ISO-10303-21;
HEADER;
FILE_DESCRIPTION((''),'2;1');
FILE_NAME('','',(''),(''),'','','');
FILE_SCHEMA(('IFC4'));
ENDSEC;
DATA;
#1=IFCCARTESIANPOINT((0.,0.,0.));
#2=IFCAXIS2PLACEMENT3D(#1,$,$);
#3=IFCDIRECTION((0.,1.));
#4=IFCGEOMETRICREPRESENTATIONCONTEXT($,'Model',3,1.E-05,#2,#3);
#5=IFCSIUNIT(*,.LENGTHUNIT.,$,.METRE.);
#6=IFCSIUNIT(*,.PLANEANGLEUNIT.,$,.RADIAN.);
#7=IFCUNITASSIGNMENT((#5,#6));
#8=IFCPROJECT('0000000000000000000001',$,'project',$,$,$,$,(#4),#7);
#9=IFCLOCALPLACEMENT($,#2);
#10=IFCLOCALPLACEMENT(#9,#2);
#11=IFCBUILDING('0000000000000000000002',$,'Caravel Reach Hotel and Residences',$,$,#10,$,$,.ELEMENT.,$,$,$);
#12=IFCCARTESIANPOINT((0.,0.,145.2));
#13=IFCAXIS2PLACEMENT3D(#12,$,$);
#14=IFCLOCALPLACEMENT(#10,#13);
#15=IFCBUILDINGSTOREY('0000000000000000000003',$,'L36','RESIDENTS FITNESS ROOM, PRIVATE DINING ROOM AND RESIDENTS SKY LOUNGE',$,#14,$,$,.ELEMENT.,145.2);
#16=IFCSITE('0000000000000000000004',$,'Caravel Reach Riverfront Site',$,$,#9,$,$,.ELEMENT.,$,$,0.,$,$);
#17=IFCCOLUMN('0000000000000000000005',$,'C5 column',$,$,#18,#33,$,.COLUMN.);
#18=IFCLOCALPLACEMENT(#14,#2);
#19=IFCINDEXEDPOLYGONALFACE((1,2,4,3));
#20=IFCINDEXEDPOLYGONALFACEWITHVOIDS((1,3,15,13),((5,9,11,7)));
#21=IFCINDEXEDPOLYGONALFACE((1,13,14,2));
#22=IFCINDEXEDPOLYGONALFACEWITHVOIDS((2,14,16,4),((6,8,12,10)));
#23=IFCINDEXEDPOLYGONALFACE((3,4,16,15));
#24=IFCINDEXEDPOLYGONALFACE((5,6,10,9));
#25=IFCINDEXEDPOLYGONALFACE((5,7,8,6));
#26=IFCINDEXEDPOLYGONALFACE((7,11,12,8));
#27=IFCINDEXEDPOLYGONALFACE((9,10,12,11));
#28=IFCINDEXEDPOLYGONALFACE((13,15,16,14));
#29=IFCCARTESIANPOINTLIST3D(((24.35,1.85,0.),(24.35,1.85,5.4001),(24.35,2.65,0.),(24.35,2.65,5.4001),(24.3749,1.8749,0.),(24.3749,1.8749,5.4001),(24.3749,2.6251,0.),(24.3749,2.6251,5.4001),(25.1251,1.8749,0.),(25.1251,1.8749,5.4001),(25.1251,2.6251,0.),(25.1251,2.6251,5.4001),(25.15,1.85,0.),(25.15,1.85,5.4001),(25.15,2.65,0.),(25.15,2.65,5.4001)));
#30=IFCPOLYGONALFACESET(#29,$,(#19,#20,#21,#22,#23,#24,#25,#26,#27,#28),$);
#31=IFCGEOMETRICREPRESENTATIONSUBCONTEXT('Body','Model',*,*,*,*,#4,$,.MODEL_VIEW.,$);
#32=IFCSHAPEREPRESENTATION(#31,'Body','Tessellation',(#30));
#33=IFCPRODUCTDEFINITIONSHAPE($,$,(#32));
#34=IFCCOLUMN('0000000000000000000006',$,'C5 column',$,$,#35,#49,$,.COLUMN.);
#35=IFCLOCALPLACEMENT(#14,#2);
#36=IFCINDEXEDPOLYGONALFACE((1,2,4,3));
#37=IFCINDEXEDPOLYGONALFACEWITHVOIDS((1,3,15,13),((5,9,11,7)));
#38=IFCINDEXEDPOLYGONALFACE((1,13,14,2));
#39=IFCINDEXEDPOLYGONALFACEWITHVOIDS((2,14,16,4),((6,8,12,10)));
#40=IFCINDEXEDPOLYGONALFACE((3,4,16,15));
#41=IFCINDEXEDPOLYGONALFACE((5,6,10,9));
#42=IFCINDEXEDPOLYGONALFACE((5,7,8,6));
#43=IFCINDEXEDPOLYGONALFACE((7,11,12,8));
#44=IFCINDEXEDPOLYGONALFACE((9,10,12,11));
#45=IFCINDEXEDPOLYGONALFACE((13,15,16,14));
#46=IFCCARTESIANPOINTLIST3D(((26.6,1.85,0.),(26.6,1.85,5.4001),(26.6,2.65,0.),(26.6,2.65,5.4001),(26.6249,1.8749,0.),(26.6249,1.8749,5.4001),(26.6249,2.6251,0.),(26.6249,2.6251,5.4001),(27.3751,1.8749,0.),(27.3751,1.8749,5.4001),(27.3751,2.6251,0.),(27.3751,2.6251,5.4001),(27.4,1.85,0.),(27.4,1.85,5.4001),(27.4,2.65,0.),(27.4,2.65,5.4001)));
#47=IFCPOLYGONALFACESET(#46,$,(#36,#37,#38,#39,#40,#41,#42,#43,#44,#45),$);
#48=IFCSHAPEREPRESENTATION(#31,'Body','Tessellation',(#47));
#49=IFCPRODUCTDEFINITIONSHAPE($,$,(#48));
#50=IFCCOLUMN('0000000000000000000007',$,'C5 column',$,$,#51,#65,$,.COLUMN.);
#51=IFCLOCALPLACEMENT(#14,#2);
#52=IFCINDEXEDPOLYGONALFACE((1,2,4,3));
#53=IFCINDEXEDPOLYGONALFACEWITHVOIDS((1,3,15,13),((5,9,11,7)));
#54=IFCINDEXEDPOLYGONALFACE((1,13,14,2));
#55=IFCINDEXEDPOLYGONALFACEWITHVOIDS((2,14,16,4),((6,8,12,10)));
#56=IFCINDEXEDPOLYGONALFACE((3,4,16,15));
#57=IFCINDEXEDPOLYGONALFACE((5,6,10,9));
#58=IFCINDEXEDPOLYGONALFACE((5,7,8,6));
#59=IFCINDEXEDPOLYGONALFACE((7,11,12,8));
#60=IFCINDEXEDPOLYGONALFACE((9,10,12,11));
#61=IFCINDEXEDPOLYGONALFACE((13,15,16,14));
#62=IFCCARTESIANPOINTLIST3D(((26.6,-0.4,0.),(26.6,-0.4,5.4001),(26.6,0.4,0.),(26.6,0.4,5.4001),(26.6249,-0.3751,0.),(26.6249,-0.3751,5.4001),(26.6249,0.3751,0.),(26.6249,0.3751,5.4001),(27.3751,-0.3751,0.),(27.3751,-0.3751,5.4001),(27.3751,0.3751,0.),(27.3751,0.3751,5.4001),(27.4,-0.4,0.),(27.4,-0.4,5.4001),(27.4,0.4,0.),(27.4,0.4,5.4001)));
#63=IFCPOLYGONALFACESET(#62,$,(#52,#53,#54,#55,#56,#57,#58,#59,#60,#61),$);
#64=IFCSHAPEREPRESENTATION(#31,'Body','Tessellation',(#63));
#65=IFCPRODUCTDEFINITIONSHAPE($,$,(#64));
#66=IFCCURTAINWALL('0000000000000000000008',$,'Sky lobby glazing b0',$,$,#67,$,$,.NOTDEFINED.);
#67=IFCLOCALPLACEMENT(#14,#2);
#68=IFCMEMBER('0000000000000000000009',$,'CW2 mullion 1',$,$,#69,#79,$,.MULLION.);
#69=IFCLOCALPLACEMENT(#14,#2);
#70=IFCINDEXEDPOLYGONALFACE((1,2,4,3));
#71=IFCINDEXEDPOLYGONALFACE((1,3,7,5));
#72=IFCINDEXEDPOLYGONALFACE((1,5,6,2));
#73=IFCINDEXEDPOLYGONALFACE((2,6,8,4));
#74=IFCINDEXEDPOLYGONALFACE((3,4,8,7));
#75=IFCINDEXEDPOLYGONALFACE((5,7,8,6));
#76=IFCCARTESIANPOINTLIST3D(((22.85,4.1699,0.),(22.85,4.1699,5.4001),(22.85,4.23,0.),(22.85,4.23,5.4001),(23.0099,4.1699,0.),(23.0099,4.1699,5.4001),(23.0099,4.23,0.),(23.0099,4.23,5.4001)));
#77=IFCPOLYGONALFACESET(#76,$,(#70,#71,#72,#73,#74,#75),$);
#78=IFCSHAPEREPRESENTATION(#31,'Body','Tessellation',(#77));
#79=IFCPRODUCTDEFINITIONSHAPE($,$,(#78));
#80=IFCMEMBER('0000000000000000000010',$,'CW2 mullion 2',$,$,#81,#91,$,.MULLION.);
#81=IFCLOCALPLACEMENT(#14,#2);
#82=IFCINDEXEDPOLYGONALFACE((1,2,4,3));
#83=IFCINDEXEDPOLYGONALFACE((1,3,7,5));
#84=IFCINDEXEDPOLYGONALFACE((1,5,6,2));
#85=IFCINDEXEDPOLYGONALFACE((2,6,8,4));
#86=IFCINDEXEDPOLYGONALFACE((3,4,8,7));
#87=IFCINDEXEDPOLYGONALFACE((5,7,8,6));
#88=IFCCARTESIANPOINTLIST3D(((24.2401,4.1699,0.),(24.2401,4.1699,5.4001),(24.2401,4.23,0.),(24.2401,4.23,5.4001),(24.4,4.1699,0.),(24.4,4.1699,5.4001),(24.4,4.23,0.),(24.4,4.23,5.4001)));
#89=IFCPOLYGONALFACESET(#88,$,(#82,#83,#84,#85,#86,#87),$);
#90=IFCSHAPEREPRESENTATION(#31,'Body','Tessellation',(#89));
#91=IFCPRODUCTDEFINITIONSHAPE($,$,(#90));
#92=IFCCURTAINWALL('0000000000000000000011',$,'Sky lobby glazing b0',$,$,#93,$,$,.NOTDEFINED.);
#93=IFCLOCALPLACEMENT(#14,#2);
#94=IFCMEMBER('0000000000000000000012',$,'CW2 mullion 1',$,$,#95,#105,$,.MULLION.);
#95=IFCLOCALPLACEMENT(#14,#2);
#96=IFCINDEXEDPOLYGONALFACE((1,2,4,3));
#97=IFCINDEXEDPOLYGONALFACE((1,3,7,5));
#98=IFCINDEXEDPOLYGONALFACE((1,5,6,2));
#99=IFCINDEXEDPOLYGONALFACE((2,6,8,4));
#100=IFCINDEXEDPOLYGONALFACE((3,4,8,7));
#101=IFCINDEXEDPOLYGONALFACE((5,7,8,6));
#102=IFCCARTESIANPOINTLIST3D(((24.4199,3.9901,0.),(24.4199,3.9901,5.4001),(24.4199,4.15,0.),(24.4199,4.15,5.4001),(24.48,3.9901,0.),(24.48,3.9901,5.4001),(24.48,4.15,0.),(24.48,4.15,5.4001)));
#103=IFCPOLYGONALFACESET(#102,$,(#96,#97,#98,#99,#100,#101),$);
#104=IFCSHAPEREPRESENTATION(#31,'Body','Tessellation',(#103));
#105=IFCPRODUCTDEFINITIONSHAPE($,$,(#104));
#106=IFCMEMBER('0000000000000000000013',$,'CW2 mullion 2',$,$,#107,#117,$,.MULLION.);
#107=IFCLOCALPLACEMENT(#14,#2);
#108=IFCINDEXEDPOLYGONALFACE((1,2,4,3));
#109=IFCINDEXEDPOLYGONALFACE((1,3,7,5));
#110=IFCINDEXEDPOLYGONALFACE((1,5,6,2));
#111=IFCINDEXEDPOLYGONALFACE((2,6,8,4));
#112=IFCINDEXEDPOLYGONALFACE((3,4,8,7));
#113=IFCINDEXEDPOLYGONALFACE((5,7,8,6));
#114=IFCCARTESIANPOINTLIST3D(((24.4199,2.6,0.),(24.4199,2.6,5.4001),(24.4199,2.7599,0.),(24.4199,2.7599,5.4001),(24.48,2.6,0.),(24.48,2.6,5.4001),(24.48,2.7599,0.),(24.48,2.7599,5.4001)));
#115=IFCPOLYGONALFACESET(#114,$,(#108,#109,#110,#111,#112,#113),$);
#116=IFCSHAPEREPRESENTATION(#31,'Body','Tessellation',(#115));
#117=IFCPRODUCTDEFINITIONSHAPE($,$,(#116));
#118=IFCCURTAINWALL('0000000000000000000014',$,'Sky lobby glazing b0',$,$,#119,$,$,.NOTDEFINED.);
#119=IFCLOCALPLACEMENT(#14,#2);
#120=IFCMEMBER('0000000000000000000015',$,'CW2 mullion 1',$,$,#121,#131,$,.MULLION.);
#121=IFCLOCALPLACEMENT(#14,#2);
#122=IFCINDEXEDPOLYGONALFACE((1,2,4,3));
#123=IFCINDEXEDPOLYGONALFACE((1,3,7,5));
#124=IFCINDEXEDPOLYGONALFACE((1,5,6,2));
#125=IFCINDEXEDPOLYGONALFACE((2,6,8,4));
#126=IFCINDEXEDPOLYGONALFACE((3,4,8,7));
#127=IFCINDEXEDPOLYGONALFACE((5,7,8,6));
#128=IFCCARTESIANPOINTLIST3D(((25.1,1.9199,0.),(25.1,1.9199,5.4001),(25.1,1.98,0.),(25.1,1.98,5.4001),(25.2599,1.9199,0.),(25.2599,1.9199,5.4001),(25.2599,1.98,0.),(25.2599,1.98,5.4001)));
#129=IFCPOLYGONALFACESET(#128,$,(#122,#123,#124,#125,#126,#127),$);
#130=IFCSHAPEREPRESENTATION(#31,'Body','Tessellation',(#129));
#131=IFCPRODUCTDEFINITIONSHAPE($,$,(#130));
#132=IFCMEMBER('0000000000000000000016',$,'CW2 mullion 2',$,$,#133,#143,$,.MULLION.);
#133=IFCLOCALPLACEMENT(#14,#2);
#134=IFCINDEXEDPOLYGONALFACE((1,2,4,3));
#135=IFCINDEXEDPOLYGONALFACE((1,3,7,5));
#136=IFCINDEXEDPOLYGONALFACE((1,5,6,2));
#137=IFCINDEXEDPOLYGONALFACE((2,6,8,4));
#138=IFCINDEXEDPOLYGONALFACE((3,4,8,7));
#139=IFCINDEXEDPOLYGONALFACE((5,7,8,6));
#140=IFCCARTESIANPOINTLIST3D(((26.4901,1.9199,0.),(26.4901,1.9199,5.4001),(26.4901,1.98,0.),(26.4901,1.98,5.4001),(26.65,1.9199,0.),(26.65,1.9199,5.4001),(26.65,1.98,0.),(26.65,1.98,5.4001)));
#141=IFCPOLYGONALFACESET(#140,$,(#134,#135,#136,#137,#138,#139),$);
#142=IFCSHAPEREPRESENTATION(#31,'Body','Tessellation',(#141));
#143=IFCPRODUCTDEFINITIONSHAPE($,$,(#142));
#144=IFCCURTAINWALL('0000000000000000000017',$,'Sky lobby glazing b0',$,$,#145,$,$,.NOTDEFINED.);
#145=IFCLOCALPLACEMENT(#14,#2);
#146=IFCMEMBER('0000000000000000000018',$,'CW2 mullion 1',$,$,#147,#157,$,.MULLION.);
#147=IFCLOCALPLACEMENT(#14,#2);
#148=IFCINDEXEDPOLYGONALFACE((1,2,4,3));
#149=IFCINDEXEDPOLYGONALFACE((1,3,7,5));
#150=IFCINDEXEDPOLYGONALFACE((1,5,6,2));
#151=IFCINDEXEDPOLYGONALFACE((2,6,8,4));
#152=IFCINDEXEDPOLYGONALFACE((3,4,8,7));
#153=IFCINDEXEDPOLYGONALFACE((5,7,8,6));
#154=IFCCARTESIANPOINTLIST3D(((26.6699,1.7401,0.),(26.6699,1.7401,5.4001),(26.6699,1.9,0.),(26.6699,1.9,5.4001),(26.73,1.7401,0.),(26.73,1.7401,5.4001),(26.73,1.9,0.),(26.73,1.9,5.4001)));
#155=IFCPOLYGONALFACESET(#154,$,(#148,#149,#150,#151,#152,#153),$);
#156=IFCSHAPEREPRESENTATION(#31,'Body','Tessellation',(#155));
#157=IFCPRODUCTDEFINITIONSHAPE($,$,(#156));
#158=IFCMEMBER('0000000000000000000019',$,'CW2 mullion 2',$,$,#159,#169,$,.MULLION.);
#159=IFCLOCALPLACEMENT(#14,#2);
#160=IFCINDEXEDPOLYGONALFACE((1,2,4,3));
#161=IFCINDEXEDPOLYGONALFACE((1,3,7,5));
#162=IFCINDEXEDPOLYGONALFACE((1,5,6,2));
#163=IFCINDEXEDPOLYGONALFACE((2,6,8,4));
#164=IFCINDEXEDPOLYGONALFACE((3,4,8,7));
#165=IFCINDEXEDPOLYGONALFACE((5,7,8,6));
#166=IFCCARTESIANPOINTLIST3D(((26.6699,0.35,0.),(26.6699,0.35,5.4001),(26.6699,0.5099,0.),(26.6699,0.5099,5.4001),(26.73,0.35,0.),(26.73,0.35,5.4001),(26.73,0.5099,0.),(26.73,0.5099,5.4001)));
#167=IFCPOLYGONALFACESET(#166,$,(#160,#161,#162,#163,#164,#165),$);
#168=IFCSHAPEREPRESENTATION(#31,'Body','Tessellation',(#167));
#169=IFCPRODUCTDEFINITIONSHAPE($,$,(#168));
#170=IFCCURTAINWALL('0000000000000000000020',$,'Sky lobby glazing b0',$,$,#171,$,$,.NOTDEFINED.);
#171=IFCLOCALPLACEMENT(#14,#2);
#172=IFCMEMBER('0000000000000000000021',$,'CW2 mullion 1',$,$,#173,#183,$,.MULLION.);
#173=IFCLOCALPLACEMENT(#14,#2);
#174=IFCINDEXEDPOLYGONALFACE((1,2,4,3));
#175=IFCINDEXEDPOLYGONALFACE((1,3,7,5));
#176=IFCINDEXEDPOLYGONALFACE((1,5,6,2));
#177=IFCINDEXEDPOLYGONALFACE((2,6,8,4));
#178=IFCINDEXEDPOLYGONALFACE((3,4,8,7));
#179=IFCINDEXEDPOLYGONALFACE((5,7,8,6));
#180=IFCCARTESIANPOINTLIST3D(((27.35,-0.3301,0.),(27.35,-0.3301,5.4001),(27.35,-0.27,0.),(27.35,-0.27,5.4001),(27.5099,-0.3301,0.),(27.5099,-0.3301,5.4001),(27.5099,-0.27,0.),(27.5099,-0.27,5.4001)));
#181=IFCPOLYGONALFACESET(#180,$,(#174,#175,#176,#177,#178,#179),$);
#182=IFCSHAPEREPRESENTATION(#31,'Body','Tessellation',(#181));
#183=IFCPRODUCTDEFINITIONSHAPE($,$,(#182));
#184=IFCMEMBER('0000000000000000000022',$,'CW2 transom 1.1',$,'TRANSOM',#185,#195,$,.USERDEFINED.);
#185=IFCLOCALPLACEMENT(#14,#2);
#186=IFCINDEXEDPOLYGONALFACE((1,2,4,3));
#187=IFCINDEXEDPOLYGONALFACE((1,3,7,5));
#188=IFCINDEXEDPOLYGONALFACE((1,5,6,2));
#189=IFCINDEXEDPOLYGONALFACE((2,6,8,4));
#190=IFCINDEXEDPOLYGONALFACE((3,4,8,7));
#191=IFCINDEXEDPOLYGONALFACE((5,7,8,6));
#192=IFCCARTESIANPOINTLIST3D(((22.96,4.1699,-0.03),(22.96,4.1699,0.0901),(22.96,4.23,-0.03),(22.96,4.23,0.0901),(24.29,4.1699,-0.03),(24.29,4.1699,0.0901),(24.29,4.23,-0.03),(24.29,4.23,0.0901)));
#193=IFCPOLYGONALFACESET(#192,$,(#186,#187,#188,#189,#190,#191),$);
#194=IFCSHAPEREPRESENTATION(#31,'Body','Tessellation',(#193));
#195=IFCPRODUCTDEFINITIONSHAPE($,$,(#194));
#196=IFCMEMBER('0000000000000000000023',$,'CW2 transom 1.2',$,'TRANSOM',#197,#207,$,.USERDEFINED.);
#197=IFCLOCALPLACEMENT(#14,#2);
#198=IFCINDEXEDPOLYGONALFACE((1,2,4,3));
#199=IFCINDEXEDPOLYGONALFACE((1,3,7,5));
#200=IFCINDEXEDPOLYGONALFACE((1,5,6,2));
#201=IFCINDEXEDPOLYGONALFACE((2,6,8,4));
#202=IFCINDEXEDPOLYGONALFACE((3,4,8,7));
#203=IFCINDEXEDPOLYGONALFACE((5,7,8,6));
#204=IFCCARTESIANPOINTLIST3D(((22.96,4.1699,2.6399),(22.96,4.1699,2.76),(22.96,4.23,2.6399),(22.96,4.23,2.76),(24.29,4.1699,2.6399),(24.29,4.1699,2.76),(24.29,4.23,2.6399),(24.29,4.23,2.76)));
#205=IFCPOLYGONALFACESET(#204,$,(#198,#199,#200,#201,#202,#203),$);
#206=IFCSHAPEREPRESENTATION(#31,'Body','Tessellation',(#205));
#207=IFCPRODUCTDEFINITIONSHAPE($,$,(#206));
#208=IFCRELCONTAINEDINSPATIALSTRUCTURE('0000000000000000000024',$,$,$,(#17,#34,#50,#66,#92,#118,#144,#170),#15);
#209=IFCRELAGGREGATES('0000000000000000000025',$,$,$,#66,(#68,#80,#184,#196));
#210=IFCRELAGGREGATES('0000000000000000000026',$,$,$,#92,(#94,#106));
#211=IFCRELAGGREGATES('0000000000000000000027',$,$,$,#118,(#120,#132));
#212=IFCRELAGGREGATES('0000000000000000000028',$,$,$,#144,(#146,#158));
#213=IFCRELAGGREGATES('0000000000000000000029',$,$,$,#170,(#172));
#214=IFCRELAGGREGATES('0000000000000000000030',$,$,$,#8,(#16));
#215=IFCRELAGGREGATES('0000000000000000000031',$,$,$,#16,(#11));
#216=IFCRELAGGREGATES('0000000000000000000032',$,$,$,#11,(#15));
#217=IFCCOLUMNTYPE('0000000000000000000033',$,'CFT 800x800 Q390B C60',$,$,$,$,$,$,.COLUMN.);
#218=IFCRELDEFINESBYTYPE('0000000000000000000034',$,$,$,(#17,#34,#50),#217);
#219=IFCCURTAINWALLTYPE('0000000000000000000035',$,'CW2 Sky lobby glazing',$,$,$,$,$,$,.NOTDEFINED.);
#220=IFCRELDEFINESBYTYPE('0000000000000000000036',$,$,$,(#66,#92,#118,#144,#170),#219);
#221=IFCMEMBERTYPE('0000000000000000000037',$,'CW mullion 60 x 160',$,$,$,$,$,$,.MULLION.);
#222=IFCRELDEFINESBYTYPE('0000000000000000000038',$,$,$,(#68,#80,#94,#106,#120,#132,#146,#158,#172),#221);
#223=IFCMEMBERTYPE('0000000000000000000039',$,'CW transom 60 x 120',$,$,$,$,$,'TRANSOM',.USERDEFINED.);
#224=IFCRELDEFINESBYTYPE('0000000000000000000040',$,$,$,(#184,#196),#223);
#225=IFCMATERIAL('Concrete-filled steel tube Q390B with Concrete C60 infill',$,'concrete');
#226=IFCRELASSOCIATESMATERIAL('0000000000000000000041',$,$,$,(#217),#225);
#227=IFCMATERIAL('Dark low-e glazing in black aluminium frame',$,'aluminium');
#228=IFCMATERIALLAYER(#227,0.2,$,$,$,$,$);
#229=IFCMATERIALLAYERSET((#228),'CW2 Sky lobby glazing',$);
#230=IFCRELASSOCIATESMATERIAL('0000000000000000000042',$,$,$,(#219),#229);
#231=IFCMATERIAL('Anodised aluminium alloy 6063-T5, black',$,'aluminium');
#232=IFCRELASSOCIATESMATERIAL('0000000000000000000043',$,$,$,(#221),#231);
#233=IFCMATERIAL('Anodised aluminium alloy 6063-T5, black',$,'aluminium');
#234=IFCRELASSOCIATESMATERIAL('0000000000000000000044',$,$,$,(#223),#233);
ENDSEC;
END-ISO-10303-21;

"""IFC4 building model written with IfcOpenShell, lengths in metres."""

from ifc_helpers import new_model, si_unit, direction, frame, origin, origin_2d, place, context, subcontext, project, spatial, rectangle, hollow_rectangle, extrude, material, layer, layer_set, material_profile, profile_set, type_object, element, aggregate, save


model = new_model("IFC4")

# Units and contexts
model_context = context("Model", 3, precision=1e-05, world=origin(), true_north=direction((0.0, 1.0)))
body_context = subcontext(model_context, "Body", "Model", "MODEL_VIEW")
ifc_project = project(units=[si_unit("LENGTHUNIT", "METRE"), si_unit("PLANEANGLEUNIT", "RADIAN")], contexts=[model_context])

# Site, building, storey
site_placement = place(None, origin())
site = spatial("IfcSite", under=ifc_project, at=site_placement, Name="Caravel Reach Riverfront Site", CompositionType="ELEMENT", RefElevation=0.0)
building_placement = place(site_placement, origin())
building = spatial("IfcBuilding", under=site, at=building_placement, Name="Caravel Reach Hotel and Residences", CompositionType="ELEMENT")
storey_placement = place(building_placement, frame((0.0, 0.0, 145.2)))
storey = spatial("IfcBuildingStorey", under=building, at=storey_placement, Name="L36", Description="RESIDENTS FITNESS ROOM, PRIVATE DINING ROOM AND RESIDENTS SKY LOUNGE", CompositionType="ELEMENT", Elevation=145.2)

# Columns
ifc_material_1 = material(Name="Concrete-filled steel tube Q390B with Concrete C60 infill", Category="concrete")
ifc_material_profile_1 = material_profile(ifc_material_1, hollow_rectangle(XDim=0.8, YDim=0.8, WallThickness=0.0249, at=origin_2d()), Name="RHS 800x800x25")
ifc_profile_set_1 = profile_set([ifc_material_profile_1], Name="Concrete-filled steel tube Q390B with Concrete C60 infill")
column_type = type_object("IfcColumnType", Name="CFT 800x800 Q390B C60", PredefinedType="COLUMN", material=ifc_profile_set_1)
for number, where, z_axis, x_axis, name in (
    (1, (24.75, 2.25, 0.0), (0.0, 0.0, 1.0), (1.0, 0.0, 0.0), "C5 column"),
    (2, (27.0, 2.25, 0.0), (0.0, 0.0, 1.0), (1.0, 0.0, 0.0), "C5 column"),
    (3, (27.0, 0.0, 0.0), (0.0, 0.0, 1.0), (1.0, 0.0, 0.0), "C5 column"),
):
    element("IfcColumn", number, at=place(storey_placement, frame(where, z_axis=z_axis, x_axis=x_axis)), inside=storey, type_object=column_type, Name=name, PredefinedType="COLUMN", context=body_context, shape_type="SweptSolid", body=[
        extrude(hollow_rectangle(XDim=0.8, YDim=0.8, WallThickness=0.0249, at=origin_2d()), origin(), (0.0, 0.0, 1.0), 5.4001),
    ])

# Curtain walls, members
ifc_material_2 = material(Name="Dark low-e glazing in black aluminium frame", Category="aluminium")
ifc_layer_1 = layer(ifc_material_2, 0.2)
ifc_layer_set_1 = layer_set([ifc_layer_1], Name="CW2 Sky lobby glazing")
curtain_wall_type = type_object("IfcCurtainWallType", Name="CW2 Sky lobby glazing", PredefinedType="NOTDEFINED", material=ifc_layer_set_1)
curtain_wall_1_placement = place(storey_placement, origin())
curtain_wall_1 = element("IfcCurtainWall", 4, at=curtain_wall_1_placement, inside=storey, type_object=curtain_wall_type, Name="Sky lobby glazing b0", PredefinedType="NOTDEFINED")
ifc_material_3 = material(Name="Anodised aluminium alloy 6063-T5, black", Category="aluminium")
ifc_material_profile_2 = material_profile(ifc_material_3, rectangle(XDim=0.0601, YDim=0.1599, at=origin_2d()), Name="CW mullion 60 x 160")
ifc_profile_set_2 = profile_set([ifc_material_profile_2], Name="Anodised aluminium alloy 6063-T5, black")
member_type_1 = type_object("IfcMemberType", Name="CW mullion 60 x 160", PredefinedType="MULLION", material=ifc_profile_set_2)
member_1_placement = place(storey_placement, frame((22.9299, 4.2, 0.0), z_axis=(0.0, 0.0, 1.0), x_axis=(0.0, 1.0, 0.0)))
member_1 = element("IfcMember", 5, at=member_1_placement, type_object=member_type_1, Name="CW2 mullion 1", PredefinedType="MULLION", context=body_context, shape_type="SweptSolid", body=[
    extrude(rectangle(XDim=0.0601, YDim=0.1599, at=origin_2d()), origin(), (0.0, 0.0, 1.0), 5.4001),
])
member_2_placement = place(storey_placement, frame((24.3201, 4.2, 0.0), z_axis=(0.0, 0.0, 1.0), x_axis=(0.0, 1.0, 0.0)))
member_2 = element("IfcMember", 6, at=member_2_placement, type_object=member_type_1, Name="CW2 mullion 2", PredefinedType="MULLION", context=body_context, shape_type="SweptSolid", body=[
    extrude(rectangle(XDim=0.0601, YDim=0.1599, at=origin_2d()), origin(), (0.0, 0.0, 1.0), 5.4001),
])
curtain_wall_2_placement = place(storey_placement, origin())
curtain_wall_2 = element("IfcCurtainWall", 7, at=curtain_wall_2_placement, inside=storey, type_object=curtain_wall_type, Name="Sky lobby glazing b0", PredefinedType="NOTDEFINED")
member_3_placement = place(storey_placement, frame((24.45, 4.0701, 0.0), z_axis=(0.0, 0.0, 1.0), x_axis=(1.0, 0.0, 0.0)))
member_3 = element("IfcMember", 8, at=member_3_placement, type_object=member_type_1, Name="CW2 mullion 1", PredefinedType="MULLION", context=body_context, shape_type="SweptSolid", body=[
    extrude(rectangle(XDim=0.0601, YDim=0.1599, at=origin_2d()), origin(), (0.0, 0.0, 1.0), 5.4001),
])
member_4_placement = place(storey_placement, frame((24.45, 2.6799, 0.0), z_axis=(0.0, 0.0, 1.0), x_axis=(1.0, 0.0, 0.0)))
member_4 = element("IfcMember", 9, at=member_4_placement, type_object=member_type_1, Name="CW2 mullion 2", PredefinedType="MULLION", context=body_context, shape_type="SweptSolid", body=[
    extrude(rectangle(XDim=0.0601, YDim=0.1599, at=origin_2d()), origin(), (0.0, 0.0, 1.0), 5.4001),
])
curtain_wall_3_placement = place(storey_placement, origin())
curtain_wall_3 = element("IfcCurtainWall", 10, at=curtain_wall_3_placement, inside=storey, type_object=curtain_wall_type, Name="Sky lobby glazing b0", PredefinedType="NOTDEFINED")
member_5_placement = place(storey_placement, frame((25.1799, 1.95, 0.0), z_axis=(0.0, 0.0, 1.0), x_axis=(0.0, 1.0, 0.0)))
member_5 = element("IfcMember", 11, at=member_5_placement, type_object=member_type_1, Name="CW2 mullion 1", PredefinedType="MULLION", context=body_context, shape_type="SweptSolid", body=[
    extrude(rectangle(XDim=0.0601, YDim=0.1599, at=origin_2d()), origin(), (0.0, 0.0, 1.0), 5.4001),
])
member_6_placement = place(storey_placement, frame((26.5701, 1.95, 0.0), z_axis=(0.0, 0.0, 1.0), x_axis=(0.0, 1.0, 0.0)))
member_6 = element("IfcMember", 12, at=member_6_placement, type_object=member_type_1, Name="CW2 mullion 2", PredefinedType="MULLION", context=body_context, shape_type="SweptSolid", body=[
    extrude(rectangle(XDim=0.0601, YDim=0.1599, at=origin_2d()), origin(), (0.0, 0.0, 1.0), 5.4001),
])
curtain_wall_4_placement = place(storey_placement, origin())
curtain_wall_4 = element("IfcCurtainWall", 13, at=curtain_wall_4_placement, inside=storey, type_object=curtain_wall_type, Name="Sky lobby glazing b0", PredefinedType="NOTDEFINED")
member_7_placement = place(storey_placement, frame((26.7, 1.8201, 0.0), z_axis=(0.0, 0.0, 1.0), x_axis=(1.0, 0.0, 0.0)))
member_7 = element("IfcMember", 14, at=member_7_placement, type_object=member_type_1, Name="CW2 mullion 1", PredefinedType="MULLION", context=body_context, shape_type="SweptSolid", body=[
    extrude(rectangle(XDim=0.0601, YDim=0.1599, at=origin_2d()), origin(), (0.0, 0.0, 1.0), 5.4001),
])
member_8_placement = place(storey_placement, frame((26.7, 0.4299, 0.0), z_axis=(0.0, 0.0, 1.0), x_axis=(1.0, 0.0, 0.0)))
member_8 = element("IfcMember", 15, at=member_8_placement, type_object=member_type_1, Name="CW2 mullion 2", PredefinedType="MULLION", context=body_context, shape_type="SweptSolid", body=[
    extrude(rectangle(XDim=0.0601, YDim=0.1599, at=origin_2d()), origin(), (0.0, 0.0, 1.0), 5.4001),
])

# Curtain wall, member
curtain_wall_5_placement = place(storey_placement, origin())
curtain_wall_5 = element("IfcCurtainWall", 16, at=curtain_wall_5_placement, inside=storey, type_object=curtain_wall_type, Name="Sky lobby glazing b0", PredefinedType="NOTDEFINED")
member_9_placement = place(storey_placement, frame((27.4299, -0.3, 0.0), z_axis=(0.0, 0.0, 1.0), x_axis=(0.0, 1.0, 0.0)))
member_9 = element("IfcMember", 17, at=member_9_placement, type_object=member_type_1, Name="CW2 mullion 1", PredefinedType="MULLION", context=body_context, shape_type="SweptSolid", body=[
    extrude(rectangle(XDim=0.0601, YDim=0.1599, at=origin_2d()), origin(), (0.0, 0.0, 1.0), 5.4001),
])

# Members
ifc_material_4 = material(Name="Anodised aluminium alloy 6063-T5, black", Category="aluminium")
ifc_material_profile_3 = material_profile(ifc_material_4, rectangle(XDim=0.0601, YDim=0.1201, at=origin_2d()), Name="CW transom 60 x 120")
ifc_profile_set_3 = profile_set([ifc_material_profile_3], Name="Anodised aluminium alloy 6063-T5, black")
member_type_2 = type_object("IfcMemberType", Name="CW transom 60 x 120", ElementType="TRANSOM", PredefinedType="USERDEFINED", material=ifc_profile_set_3)
member_10_placement = place(storey_placement, frame((22.96, 4.2, 0.03), z_axis=(1.0, 0.0, 0.0), x_axis=(0.0, 1.0, 0.0)))
member_10 = element("IfcMember", 18, at=member_10_placement, type_object=member_type_2, Name="CW2 transom 1.1", ObjectType="TRANSOM", PredefinedType="USERDEFINED", context=body_context, shape_type="SweptSolid", body=[
    extrude(rectangle(XDim=0.0601, YDim=0.1201, at=origin_2d()), origin(), (0.0, 0.0, 1.0), 1.3301),
])
member_11_placement = place(storey_placement, frame((22.96, 4.2, 2.7), z_axis=(1.0, 0.0, 0.0), x_axis=(0.0, 1.0, 0.0)))
member_11 = element("IfcMember", 19, at=member_11_placement, type_object=member_type_2, Name="CW2 transom 1.2", ObjectType="TRANSOM", PredefinedType="USERDEFINED", context=body_context, shape_type="SweptSolid", body=[
    extrude(rectangle(XDim=0.0601, YDim=0.1201, at=origin_2d()), origin(), (0.0, 0.0, 1.0), 1.3301),
])

aggregate(curtain_wall_1, [member_1, member_2, member_10, member_11])
aggregate(curtain_wall_2, [member_3, member_4])
aggregate(curtain_wall_3, [member_5, member_6])
aggregate(curtain_wall_4, [member_7, member_8])
aggregate(curtain_wall_5, [member_9])

save(model, "model.ifc")
